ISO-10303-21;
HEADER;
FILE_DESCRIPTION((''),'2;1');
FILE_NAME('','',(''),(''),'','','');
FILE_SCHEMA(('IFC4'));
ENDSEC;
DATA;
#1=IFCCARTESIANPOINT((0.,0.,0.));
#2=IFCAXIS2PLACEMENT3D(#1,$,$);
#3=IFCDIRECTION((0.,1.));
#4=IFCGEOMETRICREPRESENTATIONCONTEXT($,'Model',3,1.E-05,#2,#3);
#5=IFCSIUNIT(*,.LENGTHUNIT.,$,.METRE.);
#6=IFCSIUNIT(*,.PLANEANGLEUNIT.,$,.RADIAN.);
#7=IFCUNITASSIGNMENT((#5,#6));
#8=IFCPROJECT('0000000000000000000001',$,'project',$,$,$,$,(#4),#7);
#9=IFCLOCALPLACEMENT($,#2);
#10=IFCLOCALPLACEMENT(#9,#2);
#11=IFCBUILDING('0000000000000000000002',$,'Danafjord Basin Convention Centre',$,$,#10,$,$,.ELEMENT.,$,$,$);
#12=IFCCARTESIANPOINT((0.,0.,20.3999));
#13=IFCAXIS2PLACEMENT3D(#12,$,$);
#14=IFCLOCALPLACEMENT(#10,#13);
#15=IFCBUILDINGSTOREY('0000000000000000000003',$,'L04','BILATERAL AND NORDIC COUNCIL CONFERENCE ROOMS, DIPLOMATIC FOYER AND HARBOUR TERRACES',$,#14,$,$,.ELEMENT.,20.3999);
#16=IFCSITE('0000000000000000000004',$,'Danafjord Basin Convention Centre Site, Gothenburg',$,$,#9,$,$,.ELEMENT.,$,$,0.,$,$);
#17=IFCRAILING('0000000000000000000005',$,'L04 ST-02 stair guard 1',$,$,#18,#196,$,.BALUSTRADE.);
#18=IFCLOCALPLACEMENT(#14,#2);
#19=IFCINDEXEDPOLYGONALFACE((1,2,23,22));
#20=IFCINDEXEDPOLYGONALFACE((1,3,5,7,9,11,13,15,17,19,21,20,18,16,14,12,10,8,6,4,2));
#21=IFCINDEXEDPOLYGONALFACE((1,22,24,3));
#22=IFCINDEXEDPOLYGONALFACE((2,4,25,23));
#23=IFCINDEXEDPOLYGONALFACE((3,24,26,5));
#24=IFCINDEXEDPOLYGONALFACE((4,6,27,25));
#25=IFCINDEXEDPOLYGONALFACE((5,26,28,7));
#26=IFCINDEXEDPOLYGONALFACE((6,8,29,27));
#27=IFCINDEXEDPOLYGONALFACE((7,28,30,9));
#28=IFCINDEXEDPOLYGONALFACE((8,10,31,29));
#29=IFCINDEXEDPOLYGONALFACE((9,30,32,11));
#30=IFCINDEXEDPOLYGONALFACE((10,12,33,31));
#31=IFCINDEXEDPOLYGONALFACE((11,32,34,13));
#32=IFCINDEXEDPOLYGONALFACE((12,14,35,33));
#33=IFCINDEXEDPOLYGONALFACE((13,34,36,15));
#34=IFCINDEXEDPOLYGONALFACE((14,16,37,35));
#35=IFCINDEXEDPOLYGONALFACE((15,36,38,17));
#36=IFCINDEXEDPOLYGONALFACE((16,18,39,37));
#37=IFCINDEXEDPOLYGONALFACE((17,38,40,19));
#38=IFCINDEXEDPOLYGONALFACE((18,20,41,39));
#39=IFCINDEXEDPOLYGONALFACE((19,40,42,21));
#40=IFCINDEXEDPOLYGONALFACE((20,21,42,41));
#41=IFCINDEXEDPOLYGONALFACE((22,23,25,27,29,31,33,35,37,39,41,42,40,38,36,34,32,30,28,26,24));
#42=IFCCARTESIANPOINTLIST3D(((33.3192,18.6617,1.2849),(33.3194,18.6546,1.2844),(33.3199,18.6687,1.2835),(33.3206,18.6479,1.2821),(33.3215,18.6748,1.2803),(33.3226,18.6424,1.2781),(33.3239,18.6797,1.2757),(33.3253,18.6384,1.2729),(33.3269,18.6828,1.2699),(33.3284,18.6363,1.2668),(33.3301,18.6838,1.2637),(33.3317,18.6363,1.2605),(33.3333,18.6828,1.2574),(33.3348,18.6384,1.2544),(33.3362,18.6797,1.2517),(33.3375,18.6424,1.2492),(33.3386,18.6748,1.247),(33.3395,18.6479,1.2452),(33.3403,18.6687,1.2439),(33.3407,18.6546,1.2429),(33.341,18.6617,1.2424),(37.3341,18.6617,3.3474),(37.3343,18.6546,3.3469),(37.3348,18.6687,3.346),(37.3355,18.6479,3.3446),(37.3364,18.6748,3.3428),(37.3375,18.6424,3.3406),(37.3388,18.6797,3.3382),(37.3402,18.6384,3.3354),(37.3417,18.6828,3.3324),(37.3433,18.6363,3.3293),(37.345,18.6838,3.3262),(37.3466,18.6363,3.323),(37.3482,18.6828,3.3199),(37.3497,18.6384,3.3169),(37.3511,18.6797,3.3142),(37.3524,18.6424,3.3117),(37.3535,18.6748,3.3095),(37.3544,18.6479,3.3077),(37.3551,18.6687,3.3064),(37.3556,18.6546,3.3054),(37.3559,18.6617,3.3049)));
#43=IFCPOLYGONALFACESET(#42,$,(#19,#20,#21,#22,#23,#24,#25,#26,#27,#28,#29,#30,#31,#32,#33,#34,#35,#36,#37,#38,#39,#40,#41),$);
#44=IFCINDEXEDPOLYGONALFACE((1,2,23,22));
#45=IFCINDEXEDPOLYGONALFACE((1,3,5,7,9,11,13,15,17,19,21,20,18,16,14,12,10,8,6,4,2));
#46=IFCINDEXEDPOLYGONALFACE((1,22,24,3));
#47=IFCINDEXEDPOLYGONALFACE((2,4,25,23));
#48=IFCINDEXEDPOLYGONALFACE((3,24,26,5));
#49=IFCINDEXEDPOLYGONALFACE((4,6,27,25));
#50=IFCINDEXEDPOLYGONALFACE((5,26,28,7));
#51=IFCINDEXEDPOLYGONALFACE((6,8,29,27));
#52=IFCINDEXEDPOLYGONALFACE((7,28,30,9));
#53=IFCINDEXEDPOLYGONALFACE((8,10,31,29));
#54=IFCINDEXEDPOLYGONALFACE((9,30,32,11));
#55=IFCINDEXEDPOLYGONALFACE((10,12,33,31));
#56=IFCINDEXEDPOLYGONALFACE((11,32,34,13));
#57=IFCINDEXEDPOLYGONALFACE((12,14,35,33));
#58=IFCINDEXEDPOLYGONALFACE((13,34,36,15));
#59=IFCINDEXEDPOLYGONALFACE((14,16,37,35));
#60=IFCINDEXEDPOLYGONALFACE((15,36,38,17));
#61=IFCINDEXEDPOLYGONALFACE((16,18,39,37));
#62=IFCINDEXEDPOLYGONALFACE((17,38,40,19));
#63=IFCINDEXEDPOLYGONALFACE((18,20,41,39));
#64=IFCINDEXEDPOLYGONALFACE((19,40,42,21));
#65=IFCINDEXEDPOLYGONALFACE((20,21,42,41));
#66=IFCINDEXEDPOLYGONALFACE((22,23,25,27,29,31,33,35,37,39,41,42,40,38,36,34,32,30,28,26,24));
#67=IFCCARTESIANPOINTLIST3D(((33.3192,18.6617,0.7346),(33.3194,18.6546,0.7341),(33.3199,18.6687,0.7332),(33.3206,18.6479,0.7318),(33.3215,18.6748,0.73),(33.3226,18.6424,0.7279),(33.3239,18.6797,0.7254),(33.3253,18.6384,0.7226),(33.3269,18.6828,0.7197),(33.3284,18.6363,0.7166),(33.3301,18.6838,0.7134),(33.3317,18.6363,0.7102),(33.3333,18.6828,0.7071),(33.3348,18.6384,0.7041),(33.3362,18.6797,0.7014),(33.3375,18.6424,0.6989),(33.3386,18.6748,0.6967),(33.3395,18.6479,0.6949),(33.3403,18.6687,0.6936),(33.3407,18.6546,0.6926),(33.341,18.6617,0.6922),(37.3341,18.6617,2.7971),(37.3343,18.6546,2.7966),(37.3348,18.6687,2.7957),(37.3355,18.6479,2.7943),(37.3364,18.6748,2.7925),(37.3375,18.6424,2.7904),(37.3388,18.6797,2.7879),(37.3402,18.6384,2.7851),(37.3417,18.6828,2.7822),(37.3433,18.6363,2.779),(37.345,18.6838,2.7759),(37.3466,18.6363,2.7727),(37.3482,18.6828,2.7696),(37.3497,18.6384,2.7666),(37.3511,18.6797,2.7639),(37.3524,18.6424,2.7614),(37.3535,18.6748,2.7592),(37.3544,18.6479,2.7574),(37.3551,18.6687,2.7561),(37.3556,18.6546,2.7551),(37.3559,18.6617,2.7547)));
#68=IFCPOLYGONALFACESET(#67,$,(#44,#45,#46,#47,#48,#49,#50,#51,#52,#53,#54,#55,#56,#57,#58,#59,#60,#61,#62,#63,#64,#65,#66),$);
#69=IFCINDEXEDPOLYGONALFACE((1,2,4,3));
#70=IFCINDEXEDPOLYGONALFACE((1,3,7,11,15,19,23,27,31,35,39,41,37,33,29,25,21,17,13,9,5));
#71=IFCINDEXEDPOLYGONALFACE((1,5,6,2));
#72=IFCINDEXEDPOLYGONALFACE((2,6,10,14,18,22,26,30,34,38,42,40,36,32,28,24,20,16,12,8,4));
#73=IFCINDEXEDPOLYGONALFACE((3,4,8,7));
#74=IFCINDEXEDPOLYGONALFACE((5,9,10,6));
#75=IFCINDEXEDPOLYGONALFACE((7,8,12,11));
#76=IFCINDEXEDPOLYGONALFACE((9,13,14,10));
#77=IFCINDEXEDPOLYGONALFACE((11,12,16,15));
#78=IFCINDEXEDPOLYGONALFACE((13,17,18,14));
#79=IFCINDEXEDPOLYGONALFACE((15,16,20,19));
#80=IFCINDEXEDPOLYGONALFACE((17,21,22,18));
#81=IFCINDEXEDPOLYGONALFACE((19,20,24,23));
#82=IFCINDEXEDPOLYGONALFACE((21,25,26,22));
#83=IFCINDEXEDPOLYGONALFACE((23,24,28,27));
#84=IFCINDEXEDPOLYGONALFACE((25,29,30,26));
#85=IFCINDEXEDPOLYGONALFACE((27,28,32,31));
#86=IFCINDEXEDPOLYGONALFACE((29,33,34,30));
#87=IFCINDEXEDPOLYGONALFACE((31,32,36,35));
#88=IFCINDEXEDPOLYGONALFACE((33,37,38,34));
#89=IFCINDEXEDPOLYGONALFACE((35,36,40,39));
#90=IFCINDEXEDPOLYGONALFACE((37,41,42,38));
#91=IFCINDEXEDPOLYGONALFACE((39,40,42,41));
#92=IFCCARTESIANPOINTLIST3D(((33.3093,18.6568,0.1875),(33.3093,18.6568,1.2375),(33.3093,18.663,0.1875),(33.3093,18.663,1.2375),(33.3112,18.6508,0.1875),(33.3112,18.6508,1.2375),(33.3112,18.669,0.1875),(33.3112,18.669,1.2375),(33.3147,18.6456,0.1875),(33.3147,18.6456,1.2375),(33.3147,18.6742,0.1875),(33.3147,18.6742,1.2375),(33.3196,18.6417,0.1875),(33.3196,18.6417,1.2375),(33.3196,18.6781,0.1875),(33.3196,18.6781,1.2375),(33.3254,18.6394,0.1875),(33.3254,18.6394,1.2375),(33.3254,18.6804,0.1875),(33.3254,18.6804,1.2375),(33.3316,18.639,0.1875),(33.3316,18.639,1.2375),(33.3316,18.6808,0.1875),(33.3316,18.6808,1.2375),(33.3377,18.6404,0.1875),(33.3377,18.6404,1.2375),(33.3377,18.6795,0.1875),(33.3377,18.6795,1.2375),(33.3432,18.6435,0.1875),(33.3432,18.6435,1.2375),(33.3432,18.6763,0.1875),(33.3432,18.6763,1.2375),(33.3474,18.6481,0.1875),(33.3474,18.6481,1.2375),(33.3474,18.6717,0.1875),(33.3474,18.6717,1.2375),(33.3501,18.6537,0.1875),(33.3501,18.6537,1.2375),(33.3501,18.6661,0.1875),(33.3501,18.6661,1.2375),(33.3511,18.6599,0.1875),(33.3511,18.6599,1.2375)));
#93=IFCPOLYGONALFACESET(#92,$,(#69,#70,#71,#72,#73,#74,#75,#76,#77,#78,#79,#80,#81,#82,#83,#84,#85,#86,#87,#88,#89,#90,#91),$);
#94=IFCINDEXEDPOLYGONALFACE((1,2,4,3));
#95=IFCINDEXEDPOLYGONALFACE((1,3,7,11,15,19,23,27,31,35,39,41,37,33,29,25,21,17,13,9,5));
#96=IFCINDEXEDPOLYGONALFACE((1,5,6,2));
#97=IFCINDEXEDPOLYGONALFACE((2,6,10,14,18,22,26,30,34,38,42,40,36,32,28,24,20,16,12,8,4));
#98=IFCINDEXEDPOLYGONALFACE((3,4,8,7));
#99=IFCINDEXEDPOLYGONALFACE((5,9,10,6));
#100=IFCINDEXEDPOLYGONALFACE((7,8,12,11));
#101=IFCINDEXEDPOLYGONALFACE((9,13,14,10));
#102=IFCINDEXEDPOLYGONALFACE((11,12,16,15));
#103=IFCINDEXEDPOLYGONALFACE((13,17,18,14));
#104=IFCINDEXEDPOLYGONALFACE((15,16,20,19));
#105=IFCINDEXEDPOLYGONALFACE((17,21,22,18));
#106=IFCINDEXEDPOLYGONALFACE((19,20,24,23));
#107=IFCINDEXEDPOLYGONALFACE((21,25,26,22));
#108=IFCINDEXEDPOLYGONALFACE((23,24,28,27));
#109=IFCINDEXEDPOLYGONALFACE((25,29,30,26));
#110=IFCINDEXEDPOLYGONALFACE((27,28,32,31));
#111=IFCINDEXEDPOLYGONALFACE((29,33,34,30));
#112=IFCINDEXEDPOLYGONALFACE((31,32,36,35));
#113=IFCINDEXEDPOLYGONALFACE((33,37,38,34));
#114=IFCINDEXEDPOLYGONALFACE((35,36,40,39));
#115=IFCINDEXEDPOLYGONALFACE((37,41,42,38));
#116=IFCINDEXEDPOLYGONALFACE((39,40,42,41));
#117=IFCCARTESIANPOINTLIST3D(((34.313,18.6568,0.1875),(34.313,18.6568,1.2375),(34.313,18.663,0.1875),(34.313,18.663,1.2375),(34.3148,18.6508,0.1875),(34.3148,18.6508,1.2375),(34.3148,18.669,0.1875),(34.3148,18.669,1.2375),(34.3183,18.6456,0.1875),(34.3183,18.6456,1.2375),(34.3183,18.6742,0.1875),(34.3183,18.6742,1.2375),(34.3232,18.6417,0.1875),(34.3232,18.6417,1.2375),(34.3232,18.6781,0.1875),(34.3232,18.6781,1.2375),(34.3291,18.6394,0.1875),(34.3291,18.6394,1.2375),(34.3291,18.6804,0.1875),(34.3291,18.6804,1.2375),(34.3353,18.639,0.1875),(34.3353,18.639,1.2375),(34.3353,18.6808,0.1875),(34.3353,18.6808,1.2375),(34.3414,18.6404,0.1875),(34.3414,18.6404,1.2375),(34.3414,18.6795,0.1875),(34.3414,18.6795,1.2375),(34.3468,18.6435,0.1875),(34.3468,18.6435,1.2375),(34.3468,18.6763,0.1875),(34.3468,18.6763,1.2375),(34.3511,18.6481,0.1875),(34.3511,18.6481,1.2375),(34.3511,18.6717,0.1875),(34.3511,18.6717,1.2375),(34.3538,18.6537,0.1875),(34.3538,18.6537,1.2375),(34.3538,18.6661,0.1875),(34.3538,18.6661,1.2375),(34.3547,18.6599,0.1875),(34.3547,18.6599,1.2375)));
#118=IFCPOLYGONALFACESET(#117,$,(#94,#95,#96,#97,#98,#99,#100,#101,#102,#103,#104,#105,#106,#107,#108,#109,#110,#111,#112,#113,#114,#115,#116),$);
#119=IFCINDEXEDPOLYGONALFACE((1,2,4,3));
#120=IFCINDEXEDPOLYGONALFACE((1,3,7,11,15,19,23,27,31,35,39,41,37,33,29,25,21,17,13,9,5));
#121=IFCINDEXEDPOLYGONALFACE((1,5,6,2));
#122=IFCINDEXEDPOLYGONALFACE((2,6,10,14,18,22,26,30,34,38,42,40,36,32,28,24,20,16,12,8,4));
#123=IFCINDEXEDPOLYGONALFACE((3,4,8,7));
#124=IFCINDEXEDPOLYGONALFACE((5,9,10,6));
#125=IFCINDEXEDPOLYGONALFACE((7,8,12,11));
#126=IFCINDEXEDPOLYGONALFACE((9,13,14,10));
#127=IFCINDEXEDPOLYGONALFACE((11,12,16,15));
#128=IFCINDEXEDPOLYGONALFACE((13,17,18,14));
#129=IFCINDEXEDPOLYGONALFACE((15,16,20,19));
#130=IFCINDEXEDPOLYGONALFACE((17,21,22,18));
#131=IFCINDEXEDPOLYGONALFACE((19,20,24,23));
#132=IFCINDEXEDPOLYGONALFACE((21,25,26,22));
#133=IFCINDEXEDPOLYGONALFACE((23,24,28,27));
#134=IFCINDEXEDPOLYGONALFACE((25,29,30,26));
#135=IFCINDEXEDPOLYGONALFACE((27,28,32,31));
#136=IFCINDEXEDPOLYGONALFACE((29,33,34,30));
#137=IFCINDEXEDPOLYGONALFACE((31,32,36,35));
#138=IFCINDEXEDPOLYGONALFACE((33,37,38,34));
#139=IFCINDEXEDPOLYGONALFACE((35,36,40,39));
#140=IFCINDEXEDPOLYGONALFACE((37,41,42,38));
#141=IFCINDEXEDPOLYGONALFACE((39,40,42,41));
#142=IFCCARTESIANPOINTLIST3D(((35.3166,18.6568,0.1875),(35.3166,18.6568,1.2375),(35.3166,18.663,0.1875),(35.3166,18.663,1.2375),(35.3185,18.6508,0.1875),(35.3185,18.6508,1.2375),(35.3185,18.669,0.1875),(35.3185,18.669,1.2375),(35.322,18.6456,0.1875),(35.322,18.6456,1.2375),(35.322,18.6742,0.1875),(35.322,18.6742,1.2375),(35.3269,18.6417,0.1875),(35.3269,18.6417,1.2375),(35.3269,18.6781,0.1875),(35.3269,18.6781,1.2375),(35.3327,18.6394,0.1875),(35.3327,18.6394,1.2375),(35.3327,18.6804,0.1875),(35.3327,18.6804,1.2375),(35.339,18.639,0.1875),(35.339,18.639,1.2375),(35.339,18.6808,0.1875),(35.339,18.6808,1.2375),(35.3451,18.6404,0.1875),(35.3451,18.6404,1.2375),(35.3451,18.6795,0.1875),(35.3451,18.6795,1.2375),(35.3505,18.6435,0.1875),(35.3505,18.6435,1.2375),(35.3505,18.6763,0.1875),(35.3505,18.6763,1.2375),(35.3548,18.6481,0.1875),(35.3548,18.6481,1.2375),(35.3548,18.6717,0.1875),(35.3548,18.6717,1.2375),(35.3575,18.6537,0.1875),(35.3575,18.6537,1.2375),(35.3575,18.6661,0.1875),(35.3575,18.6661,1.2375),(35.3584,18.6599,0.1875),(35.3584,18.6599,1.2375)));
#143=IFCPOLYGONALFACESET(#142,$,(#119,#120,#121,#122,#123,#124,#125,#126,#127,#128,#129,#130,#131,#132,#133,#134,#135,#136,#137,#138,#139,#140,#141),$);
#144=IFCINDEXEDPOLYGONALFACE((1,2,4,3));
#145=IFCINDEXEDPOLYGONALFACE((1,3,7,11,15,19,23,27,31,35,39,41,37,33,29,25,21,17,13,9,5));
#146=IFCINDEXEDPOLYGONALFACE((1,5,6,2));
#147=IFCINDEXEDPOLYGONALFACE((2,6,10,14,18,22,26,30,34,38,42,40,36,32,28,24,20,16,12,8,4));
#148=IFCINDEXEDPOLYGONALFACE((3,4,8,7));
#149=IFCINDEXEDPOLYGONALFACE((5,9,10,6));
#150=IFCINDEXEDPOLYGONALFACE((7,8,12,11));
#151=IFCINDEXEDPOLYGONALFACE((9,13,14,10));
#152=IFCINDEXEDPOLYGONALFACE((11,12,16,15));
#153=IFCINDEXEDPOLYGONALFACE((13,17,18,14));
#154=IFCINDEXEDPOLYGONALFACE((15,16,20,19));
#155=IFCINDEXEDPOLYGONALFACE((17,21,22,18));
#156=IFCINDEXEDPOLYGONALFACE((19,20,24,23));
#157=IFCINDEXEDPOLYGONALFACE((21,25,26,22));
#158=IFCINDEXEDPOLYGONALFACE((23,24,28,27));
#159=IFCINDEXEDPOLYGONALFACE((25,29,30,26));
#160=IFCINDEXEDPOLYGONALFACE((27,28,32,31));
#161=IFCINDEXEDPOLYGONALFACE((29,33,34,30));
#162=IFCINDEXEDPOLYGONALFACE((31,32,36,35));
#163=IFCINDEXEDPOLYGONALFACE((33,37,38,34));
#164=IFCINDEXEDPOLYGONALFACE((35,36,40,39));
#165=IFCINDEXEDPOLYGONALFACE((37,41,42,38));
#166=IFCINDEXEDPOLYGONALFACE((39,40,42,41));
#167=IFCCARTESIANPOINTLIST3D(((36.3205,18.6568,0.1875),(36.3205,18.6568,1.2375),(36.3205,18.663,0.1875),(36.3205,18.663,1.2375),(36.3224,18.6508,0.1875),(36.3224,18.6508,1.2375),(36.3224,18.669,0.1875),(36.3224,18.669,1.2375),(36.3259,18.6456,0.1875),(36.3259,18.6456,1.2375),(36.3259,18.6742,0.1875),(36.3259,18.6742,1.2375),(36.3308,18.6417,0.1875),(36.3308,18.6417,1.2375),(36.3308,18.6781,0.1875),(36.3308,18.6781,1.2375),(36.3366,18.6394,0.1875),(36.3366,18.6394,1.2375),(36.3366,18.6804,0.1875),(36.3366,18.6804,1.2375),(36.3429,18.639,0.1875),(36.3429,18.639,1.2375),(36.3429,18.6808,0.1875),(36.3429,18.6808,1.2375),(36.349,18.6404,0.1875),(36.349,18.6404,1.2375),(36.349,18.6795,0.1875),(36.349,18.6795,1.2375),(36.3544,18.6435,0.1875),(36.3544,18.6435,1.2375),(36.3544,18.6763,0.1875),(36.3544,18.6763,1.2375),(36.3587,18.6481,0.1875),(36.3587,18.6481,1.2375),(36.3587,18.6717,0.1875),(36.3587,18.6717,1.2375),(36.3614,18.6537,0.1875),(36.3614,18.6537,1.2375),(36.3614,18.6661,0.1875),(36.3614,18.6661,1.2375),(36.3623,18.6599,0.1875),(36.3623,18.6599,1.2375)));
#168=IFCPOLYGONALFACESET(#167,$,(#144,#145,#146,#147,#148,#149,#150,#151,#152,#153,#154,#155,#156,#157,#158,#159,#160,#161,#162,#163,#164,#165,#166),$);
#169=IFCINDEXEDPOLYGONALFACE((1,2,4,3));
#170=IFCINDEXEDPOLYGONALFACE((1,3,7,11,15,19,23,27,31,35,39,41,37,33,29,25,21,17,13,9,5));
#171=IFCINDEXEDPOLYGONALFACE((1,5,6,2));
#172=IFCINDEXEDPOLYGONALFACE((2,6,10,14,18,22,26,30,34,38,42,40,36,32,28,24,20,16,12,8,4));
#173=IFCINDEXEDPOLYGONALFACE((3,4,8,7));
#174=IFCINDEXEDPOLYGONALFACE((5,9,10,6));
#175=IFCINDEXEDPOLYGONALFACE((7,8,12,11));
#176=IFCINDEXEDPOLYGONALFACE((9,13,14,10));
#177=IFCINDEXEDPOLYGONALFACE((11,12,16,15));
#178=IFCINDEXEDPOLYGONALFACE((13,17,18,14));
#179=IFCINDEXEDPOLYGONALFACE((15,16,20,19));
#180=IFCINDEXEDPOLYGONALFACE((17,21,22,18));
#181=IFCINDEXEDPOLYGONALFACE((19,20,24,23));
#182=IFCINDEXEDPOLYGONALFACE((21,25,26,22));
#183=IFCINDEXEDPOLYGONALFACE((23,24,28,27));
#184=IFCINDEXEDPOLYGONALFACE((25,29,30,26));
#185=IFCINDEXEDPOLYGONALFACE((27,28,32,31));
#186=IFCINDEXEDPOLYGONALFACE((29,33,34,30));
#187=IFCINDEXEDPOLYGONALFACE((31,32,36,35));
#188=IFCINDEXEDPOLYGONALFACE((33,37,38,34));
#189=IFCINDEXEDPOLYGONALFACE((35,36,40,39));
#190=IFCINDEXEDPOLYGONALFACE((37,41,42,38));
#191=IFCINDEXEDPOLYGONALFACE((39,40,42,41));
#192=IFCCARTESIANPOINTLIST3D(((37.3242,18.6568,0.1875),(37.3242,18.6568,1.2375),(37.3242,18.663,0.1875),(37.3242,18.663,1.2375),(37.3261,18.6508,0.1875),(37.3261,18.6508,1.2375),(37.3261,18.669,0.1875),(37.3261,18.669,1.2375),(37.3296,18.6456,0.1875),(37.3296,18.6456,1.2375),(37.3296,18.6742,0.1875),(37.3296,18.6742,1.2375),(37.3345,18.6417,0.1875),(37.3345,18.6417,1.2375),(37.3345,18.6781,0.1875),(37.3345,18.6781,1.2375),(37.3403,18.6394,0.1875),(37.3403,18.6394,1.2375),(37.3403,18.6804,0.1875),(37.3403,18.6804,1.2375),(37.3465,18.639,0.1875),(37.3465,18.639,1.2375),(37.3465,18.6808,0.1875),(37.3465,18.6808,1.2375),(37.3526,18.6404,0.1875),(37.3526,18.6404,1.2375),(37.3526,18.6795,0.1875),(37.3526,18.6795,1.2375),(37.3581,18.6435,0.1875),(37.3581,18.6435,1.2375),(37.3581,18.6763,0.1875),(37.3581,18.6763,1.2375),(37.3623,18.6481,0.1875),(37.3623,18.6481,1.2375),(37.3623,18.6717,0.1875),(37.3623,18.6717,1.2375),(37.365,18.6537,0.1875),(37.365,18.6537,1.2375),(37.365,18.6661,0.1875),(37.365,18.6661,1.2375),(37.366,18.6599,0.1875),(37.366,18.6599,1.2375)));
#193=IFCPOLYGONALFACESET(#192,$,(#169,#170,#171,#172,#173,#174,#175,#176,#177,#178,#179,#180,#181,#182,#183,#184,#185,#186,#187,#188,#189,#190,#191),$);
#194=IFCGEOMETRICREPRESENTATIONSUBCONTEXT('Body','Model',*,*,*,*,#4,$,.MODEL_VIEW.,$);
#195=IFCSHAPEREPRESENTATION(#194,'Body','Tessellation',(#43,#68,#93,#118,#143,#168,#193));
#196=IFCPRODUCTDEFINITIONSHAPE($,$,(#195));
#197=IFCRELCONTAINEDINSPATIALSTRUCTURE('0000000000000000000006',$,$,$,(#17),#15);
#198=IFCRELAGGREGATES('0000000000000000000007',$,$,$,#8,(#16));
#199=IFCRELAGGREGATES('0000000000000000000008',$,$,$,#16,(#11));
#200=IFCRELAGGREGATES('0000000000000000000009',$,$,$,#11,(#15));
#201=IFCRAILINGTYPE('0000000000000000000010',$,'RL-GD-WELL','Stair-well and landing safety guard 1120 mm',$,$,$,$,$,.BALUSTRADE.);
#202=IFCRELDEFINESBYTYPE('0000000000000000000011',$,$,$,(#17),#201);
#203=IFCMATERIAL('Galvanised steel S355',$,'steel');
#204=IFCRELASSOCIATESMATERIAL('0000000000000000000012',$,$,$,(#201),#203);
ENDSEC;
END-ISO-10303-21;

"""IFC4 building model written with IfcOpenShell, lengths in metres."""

from ifc_helpers import new_model, si_unit, direction, frame, origin, origin_2d, place, context, subcontext, project, spatial, circle, extrude, material, type_object, element, save


model = new_model("IFC4")

# Units and contexts
model_context = context("Model", 3, precision=1e-05, world=origin(), true_north=direction((0.0, 1.0)))
body_context = subcontext(model_context, "Body", "Model", "MODEL_VIEW")
ifc_project = project(units=[si_unit("LENGTHUNIT", "METRE"), si_unit("PLANEANGLEUNIT", "RADIAN")], contexts=[model_context])

# Site, building, storey
site_placement = place(None, origin())
site = spatial("IfcSite", under=ifc_project, at=site_placement, Name="Danafjord Basin Convention Centre Site, Gothenburg", CompositionType="ELEMENT", RefElevation=0.0)
building_placement = place(site_placement, origin())
building = spatial("IfcBuilding", under=site, at=building_placement, Name="Danafjord Basin Convention Centre", CompositionType="ELEMENT")
storey_placement = place(building_placement, frame((0.0, 0.0, 20.3999)))
storey = spatial("IfcBuildingStorey", under=building, at=storey_placement, Name="L04", Description="BILATERAL AND NORDIC COUNCIL CONFERENCE ROOMS, DIPLOMATIC FOYER AND HARBOUR TERRACES", CompositionType="ELEMENT", Elevation=20.3999)

# Railing
ifc_material_1 = material(Name="Galvanised steel S355", Category="steel")
railing_type_1 = type_object("IfcRailingType", Name="RL-GD-WELL", Description="Stair-well and landing safety guard 1120 mm", PredefinedType="BALUSTRADE", material=ifc_material_1)
railing_1_placement = place(storey_placement, frame((33.3301, 18.6599, 0.1875)))
element("IfcRailing", 1, at=railing_1_placement, inside=storey, type_object=railing_type_1, Name="L04 ST-02 stair guard 1", PredefinedType="BALUSTRADE", context=body_context, shape_type="SweptSolid", body=[
    extrude(circle(Radius=0.0239, at=origin_2d()), frame((0.0, 0.0, 1.0762), z_axis=(0.889495, 0.0, 0.456945), x_axis=(0.0, 1.0, 0.0)), (0.0, 0.0, 1.0), 4.5137),
    extrude(circle(Radius=0.0239, at=origin_2d()), frame((0.0, 0.0, 0.5259), z_axis=(0.889495, 0.0, 0.456945), x_axis=(0.0, 1.0, 0.0)), (0.0, 0.0, 1.0), 4.5137),
    extrude(circle(Radius=0.021, at=origin_2d()), origin(), (0.0, 0.0, 1.0), 1.05),
    extrude(circle(Radius=0.021, at=origin_2d()), frame((1.0037, 0.0, 0.0)), (0.0, 0.0, 1.0), 1.05),
    extrude(circle(Radius=0.021, at=origin_2d()), frame((2.0073, 0.0, 0.0)), (0.0, 0.0, 1.0), 1.05),
    extrude(circle(Radius=0.021, at=origin_2d()), frame((3.0112, 0.0, 0.0)), (0.0, 0.0, 1.0), 1.05),
    extrude(circle(Radius=0.021, at=origin_2d()), frame((4.0149, 0.0, 0.0)), (0.0, 0.0, 1.0), 1.05),
])

save(model, "model.ifc")
